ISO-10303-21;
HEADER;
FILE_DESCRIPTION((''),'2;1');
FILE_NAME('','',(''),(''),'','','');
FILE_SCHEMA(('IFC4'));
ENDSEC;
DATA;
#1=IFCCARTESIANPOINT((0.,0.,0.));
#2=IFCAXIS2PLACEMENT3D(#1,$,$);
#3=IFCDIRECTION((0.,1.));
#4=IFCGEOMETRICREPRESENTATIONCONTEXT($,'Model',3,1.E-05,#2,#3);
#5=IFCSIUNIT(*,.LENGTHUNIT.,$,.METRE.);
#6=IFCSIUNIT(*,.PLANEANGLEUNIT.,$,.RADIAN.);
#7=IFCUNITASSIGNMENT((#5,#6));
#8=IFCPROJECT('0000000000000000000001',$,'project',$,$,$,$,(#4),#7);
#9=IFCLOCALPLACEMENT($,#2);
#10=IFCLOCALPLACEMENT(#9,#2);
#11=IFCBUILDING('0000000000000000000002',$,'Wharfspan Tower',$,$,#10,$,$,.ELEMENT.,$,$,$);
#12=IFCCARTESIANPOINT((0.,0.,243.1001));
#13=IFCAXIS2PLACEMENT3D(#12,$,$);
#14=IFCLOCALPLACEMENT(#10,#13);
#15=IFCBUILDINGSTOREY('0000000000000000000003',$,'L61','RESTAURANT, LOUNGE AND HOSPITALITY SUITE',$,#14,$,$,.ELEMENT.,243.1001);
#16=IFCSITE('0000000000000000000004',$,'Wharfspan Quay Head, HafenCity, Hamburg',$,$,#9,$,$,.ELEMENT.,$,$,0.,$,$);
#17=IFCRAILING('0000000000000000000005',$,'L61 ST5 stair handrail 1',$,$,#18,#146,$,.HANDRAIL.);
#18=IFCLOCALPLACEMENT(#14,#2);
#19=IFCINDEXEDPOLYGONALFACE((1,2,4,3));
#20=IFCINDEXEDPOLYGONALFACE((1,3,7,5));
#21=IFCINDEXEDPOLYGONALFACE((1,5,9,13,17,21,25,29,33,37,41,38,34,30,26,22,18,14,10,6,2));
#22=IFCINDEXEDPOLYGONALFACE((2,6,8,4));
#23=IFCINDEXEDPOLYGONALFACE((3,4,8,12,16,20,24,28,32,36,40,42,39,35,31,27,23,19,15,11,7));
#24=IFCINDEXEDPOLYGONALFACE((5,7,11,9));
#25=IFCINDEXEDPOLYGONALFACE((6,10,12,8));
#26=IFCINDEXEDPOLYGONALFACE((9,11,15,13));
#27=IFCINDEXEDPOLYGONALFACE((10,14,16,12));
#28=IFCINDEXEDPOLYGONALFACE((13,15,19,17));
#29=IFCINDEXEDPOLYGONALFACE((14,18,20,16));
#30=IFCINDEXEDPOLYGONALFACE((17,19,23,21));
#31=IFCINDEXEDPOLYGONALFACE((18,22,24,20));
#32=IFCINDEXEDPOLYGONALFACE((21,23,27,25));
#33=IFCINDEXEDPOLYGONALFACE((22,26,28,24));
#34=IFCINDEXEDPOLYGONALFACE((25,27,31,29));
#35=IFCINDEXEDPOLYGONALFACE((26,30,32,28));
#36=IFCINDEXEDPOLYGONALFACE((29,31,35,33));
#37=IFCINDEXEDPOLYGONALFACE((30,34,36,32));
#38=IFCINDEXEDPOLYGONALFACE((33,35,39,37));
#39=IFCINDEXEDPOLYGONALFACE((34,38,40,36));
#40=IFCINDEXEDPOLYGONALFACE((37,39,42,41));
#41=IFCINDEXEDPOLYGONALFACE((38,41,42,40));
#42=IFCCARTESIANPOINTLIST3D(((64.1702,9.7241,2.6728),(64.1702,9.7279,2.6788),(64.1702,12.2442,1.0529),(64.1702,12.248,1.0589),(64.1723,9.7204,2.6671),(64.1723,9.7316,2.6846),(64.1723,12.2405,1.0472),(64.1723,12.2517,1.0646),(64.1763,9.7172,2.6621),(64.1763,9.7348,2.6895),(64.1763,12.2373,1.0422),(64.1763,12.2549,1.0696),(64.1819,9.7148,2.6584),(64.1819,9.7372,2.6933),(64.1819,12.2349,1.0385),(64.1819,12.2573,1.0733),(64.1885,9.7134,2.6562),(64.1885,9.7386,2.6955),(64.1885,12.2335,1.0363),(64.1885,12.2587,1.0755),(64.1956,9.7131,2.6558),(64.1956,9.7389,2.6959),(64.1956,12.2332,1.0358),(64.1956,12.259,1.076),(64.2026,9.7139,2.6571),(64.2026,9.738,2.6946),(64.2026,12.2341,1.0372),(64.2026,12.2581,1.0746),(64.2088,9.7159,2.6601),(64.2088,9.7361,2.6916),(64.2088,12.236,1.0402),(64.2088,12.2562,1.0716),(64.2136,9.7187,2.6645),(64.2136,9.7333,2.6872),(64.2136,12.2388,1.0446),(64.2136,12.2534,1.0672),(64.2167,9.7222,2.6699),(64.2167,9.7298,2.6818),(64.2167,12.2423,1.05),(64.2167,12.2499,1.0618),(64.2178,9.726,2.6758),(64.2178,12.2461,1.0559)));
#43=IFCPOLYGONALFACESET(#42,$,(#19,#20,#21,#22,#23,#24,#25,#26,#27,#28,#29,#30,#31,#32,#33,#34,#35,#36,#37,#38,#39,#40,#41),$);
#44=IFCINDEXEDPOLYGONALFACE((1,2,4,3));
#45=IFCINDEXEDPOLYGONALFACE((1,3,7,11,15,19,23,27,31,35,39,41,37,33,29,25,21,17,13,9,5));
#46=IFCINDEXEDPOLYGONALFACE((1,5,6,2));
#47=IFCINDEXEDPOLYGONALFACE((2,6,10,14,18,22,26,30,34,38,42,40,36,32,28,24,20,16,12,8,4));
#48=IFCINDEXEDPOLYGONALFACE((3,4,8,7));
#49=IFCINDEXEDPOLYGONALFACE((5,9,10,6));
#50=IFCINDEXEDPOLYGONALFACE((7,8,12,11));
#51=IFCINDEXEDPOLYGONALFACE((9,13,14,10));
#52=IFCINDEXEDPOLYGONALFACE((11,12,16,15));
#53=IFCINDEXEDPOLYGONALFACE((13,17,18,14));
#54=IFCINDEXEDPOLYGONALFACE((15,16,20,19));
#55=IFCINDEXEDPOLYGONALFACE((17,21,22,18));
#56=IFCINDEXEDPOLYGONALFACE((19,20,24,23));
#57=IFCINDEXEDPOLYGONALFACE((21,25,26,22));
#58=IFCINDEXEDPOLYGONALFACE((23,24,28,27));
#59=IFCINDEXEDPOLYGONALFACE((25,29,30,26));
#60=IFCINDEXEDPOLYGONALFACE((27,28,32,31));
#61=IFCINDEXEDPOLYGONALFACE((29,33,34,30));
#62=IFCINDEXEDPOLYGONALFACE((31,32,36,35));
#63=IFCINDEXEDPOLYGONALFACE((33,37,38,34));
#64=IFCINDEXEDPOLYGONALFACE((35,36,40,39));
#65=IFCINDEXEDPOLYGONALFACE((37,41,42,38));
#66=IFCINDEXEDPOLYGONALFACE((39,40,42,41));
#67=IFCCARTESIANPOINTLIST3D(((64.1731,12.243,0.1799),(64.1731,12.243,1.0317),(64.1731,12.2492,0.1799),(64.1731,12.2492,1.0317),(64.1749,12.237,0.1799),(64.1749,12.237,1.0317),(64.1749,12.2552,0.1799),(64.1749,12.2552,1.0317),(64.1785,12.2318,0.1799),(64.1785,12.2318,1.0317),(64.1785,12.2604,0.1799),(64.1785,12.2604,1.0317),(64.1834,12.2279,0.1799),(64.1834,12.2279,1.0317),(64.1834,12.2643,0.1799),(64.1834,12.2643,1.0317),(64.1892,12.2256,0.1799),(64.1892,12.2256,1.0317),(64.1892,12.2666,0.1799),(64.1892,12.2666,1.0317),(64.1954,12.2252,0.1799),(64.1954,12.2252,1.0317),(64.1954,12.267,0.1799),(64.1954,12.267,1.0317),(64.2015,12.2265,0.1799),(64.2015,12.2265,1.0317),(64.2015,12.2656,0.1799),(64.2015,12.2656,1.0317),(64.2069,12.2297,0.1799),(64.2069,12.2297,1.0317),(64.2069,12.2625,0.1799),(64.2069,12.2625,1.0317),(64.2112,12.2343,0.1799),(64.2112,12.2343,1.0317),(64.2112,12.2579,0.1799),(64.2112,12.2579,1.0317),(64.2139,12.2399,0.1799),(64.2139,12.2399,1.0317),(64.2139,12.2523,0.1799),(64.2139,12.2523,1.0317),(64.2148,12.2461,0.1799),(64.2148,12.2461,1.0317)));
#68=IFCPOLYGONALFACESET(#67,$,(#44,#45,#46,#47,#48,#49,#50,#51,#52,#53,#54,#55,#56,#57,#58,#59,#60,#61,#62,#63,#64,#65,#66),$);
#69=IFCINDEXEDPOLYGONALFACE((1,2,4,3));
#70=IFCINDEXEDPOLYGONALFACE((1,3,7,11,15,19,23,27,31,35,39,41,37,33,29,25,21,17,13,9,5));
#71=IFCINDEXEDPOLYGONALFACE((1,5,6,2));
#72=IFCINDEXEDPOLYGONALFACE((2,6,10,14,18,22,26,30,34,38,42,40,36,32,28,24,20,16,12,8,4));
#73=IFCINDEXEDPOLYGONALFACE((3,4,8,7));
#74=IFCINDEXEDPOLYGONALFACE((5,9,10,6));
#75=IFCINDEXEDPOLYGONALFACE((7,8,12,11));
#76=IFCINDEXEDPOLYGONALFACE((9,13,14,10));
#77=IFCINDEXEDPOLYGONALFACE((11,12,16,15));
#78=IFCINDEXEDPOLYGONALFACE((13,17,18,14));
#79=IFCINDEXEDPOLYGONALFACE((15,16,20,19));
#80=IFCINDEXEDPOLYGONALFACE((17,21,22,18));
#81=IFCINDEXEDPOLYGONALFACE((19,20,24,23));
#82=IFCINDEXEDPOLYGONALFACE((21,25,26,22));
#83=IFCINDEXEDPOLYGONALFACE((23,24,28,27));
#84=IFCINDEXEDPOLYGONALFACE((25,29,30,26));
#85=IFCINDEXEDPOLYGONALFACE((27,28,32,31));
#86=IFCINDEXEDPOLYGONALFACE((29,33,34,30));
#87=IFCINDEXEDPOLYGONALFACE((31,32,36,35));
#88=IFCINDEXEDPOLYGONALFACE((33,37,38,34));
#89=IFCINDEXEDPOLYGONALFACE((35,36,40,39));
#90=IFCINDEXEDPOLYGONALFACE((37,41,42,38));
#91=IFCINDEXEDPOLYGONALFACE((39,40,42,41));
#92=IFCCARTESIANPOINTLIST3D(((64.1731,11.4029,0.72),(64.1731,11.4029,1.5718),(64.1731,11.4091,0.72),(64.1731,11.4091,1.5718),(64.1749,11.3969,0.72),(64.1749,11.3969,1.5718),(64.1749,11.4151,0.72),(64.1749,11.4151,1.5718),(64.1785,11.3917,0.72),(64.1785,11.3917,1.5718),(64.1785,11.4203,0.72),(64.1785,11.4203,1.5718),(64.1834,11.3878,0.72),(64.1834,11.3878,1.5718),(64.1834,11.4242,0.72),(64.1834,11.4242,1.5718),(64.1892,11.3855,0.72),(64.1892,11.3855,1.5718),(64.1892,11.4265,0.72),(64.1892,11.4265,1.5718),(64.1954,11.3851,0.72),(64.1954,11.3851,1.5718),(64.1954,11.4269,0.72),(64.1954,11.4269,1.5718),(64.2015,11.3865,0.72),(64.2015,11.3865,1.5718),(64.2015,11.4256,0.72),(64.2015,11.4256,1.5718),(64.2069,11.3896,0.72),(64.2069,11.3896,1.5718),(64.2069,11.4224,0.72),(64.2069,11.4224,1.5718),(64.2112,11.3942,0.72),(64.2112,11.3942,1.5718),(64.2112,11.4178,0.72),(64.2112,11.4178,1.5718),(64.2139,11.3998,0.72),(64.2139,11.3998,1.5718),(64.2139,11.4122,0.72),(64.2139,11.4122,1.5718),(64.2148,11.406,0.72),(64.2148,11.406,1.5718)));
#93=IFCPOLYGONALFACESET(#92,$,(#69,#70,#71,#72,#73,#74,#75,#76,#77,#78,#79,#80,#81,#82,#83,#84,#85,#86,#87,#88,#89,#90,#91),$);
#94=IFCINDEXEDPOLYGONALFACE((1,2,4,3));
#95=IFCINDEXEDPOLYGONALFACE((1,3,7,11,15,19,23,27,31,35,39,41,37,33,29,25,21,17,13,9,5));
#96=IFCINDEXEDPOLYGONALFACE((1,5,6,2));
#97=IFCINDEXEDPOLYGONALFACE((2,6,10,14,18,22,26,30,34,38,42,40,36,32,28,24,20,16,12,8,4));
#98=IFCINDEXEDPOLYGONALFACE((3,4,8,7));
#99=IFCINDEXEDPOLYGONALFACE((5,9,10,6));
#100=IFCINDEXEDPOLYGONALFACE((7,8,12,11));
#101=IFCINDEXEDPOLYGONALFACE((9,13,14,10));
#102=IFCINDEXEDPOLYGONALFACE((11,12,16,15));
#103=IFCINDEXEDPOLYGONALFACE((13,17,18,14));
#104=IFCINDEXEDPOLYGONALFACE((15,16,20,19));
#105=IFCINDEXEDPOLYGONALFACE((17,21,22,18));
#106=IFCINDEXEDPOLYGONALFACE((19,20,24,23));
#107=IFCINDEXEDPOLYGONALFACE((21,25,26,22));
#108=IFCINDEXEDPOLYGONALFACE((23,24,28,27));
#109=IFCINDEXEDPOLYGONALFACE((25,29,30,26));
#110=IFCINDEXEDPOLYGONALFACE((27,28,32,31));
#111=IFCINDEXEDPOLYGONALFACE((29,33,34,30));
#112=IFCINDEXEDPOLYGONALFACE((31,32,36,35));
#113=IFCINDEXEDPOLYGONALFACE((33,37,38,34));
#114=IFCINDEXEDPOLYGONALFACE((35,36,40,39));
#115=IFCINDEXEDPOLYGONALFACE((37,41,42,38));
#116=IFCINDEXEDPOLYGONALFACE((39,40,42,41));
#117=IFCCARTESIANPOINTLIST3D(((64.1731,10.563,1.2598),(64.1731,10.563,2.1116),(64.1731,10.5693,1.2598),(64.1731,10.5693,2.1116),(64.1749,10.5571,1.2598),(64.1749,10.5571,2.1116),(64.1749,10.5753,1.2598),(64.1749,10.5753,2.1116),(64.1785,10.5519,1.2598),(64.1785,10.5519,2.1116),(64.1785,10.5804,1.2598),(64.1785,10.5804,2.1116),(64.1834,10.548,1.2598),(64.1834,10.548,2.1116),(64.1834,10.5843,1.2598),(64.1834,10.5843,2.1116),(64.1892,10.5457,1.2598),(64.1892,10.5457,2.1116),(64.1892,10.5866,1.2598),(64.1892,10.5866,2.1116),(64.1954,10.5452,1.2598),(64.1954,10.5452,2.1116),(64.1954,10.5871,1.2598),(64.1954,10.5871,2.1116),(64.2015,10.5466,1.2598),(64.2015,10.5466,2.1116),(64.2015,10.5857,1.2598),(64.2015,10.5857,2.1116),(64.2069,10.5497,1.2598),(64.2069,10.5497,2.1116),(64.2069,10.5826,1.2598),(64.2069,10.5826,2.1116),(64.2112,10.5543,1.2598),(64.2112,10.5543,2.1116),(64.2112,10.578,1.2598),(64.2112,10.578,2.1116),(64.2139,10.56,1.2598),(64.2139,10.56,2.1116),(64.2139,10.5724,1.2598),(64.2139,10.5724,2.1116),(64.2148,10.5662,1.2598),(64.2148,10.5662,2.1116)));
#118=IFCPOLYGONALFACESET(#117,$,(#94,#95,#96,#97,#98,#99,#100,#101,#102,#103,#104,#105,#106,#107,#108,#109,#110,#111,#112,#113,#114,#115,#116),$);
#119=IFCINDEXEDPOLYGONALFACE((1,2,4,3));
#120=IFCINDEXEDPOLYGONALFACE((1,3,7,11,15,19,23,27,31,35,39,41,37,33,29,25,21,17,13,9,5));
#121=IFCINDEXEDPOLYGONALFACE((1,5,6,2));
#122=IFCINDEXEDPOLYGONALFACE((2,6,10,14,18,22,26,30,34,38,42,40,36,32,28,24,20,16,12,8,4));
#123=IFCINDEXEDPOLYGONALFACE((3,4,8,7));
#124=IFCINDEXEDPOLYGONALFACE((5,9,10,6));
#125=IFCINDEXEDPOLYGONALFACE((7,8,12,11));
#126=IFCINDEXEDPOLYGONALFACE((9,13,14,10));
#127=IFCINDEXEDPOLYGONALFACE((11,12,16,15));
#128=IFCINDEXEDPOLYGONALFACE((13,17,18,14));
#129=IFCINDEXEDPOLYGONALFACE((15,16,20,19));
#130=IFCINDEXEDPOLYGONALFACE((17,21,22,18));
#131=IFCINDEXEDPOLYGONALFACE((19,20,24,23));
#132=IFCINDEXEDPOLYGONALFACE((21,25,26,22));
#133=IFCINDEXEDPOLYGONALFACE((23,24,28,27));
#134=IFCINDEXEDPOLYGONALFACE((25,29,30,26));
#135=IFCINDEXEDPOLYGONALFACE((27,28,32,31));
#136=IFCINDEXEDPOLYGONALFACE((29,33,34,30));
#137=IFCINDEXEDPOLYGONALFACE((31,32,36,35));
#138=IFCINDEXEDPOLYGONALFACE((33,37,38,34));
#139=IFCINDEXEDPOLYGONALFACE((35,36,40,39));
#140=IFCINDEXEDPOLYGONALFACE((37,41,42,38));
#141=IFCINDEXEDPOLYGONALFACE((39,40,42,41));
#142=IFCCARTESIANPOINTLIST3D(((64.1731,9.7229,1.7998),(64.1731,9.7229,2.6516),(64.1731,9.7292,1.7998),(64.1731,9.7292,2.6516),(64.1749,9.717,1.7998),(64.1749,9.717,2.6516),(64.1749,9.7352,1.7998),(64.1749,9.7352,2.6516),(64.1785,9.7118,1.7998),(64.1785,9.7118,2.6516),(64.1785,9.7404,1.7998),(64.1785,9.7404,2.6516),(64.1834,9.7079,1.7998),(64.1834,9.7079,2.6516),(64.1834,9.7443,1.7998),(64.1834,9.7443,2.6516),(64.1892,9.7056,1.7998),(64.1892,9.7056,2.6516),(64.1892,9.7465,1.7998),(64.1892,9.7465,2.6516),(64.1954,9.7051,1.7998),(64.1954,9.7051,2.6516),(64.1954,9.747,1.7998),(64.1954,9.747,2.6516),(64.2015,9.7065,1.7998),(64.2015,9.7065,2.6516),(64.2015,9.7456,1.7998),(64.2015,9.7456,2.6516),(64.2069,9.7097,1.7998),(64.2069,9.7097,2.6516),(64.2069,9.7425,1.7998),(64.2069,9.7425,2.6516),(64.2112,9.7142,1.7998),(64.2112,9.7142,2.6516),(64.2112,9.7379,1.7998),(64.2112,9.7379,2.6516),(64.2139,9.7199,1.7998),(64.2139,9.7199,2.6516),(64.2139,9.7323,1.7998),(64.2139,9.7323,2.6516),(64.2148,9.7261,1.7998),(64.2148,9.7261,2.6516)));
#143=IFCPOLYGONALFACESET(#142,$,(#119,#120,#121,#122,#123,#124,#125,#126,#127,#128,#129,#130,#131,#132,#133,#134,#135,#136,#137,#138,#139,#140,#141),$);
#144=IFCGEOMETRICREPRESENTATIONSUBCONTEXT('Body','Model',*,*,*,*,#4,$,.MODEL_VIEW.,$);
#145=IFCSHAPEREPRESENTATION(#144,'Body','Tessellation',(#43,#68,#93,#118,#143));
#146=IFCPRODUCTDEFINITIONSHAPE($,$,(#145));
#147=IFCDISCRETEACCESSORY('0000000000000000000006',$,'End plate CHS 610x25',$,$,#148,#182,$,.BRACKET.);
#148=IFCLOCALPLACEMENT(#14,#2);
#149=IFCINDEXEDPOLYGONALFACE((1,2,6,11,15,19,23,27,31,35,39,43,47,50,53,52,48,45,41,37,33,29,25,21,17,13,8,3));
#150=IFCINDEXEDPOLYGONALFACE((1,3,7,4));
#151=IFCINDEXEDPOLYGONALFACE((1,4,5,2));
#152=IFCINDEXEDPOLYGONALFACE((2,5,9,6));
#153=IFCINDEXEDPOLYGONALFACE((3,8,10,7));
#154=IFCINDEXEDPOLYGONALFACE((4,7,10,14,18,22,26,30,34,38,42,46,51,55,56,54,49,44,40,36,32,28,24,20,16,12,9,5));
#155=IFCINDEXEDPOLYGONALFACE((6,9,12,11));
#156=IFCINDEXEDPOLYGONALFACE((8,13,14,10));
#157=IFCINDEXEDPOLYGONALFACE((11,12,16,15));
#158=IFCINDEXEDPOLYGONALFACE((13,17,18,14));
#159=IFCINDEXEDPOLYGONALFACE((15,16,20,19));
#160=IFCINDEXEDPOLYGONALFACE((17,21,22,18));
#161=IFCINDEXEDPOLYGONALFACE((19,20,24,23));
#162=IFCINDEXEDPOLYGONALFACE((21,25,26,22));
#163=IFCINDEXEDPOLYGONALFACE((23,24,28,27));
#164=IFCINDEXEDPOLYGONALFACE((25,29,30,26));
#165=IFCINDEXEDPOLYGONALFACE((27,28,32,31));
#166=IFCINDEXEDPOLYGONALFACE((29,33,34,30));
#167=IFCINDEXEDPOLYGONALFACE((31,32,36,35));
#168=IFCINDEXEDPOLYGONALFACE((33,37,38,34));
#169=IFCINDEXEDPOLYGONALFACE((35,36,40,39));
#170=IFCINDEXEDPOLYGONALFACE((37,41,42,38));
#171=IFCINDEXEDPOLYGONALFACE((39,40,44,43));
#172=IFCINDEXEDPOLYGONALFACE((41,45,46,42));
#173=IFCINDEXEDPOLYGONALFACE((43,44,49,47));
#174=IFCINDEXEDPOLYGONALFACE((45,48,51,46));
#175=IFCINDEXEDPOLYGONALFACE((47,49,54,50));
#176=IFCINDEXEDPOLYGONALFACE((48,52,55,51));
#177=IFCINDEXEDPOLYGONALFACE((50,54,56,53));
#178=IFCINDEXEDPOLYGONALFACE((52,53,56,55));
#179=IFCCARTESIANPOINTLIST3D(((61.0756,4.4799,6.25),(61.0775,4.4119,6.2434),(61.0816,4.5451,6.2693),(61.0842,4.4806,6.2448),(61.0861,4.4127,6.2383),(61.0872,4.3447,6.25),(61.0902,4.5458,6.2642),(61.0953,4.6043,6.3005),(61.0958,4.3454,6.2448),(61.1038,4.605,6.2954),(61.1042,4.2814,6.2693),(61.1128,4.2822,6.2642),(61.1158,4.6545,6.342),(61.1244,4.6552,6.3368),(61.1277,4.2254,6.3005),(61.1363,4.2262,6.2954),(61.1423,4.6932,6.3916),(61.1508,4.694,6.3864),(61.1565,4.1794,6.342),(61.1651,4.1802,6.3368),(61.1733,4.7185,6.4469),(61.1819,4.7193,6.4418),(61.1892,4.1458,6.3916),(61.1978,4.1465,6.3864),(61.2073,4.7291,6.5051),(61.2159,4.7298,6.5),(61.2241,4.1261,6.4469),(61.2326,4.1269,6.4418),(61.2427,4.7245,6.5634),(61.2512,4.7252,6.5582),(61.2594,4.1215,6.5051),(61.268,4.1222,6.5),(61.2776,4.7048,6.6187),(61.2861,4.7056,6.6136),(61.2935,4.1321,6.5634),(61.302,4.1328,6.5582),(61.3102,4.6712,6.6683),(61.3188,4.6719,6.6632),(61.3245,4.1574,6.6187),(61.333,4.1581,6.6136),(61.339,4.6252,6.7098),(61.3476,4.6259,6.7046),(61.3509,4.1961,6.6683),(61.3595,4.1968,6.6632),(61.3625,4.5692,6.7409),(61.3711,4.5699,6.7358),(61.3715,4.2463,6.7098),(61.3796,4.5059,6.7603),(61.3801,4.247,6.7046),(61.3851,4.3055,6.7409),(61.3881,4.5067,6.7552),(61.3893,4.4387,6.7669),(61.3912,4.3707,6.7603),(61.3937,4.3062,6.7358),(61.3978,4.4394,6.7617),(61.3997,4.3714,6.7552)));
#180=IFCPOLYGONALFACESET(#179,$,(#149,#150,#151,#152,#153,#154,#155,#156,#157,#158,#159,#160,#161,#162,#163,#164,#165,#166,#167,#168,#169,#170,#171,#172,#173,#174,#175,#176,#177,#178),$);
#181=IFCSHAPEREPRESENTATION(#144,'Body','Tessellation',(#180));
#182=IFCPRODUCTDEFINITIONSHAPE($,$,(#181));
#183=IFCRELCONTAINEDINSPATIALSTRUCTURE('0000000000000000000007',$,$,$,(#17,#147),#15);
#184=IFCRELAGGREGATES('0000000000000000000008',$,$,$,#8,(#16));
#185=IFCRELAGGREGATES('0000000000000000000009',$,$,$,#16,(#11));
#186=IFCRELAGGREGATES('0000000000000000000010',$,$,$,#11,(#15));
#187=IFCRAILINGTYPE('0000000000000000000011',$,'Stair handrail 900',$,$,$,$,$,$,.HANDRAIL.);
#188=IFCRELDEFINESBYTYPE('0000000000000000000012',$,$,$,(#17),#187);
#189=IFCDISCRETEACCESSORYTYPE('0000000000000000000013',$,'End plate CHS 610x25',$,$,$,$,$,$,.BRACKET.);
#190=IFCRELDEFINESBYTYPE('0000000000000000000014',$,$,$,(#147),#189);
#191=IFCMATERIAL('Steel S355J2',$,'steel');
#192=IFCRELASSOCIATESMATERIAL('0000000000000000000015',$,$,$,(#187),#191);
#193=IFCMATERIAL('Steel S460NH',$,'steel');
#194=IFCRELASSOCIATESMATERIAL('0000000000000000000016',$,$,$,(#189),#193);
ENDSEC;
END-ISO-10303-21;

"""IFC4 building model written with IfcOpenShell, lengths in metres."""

from ifc_helpers import new_model, si_unit, direction, frame, origin, origin_2d, place, context, subcontext, project, spatial, circle, extrude, material, material_profile, profile_set, type_object, element, save


model = new_model("IFC4")

# Units and contexts
model_context = context("Model", 3, precision=1e-05, world=origin(), true_north=direction((0.0, 1.0)))
body_context = subcontext(model_context, "Body", "Model", "MODEL_VIEW")
ifc_project = project(units=[si_unit("LENGTHUNIT", "METRE"), si_unit("PLANEANGLEUNIT", "RADIAN")], contexts=[model_context])

# Site, building, storey
site_placement = place(None, origin())
site = spatial("IfcSite", under=ifc_project, at=site_placement, Name="Wharfspan Quay Head, HafenCity, Hamburg", CompositionType="ELEMENT", RefElevation=0.0)
building_placement = place(site_placement, origin())
building = spatial("IfcBuilding", under=site, at=building_placement, Name="Wharfspan Tower", CompositionType="ELEMENT")
storey_placement = place(building_placement, frame((0.0, 0.0, 243.1001)))
storey = spatial("IfcBuildingStorey", under=building, at=storey_placement, Name="L61", Description="RESTAURANT, LOUNGE AND HOSPITALITY SUITE", CompositionType="ELEMENT", Elevation=243.1001)

# Shared definitions
ifc_material_1 = material(Name="Steel S355J2", Category="steel")

# Railing
railing_type_1 = type_object("IfcRailingType", Name="Stair handrail 900", PredefinedType="HANDRAIL", material=ifc_material_1)
railing_1_placement = place(storey_placement, frame((64.1938, 12.2461, 0.1799)))
element("IfcRailing", 1, at=railing_1_placement, inside=storey, type_object=railing_type_1, Name="L61 ST5 stair handrail 1", PredefinedType="HANDRAIL", context=body_context, shape_type="SweptSolid", body=[
    extrude(circle(Radius=0.0239, at=origin_2d()), frame((0.0, 0.0, 0.876), z_axis=(0.0, -0.8412, 0.540725), x_axis=(1.0, 0.0, 0.0)), (0.0, 0.0, 1.0), 2.9958),
    extrude(circle(Radius=0.021, at=origin_2d()), origin(), (0.0, 0.0, 1.0), 0.8518),
    extrude(circle(Radius=0.021, at=origin_2d()), frame((0.0, -0.8401, 0.54)), (0.0, 0.0, 1.0), 0.8518),
    extrude(circle(Radius=0.021, at=origin_2d()), frame((0.0, -1.6799, 1.0798)), (0.0, 0.0, 1.0), 0.8518),
    extrude(circle(Radius=0.021, at=origin_2d()), frame((0.0, -2.52, 1.6199)), (0.0, 0.0, 1.0), 0.8518),
])

# Discrete accessory
ifc_material_2 = material(Name="Steel S460NH", Category="steel")
ifc_material_profile_1 = material_profile(ifc_material_2, circle(Radius=0.3049, at=origin_2d()))
ifc_profile_set_1 = profile_set([ifc_material_profile_1], Name="Steel S460NH")
discrete_accessory_type = type_object("IfcDiscreteAccessoryType", Name="End plate CHS 610x25", PredefinedType="BRACKET", material=ifc_profile_set_1)
discrete_accessory_placement = place(storey_placement, frame((61.2419, 4.426, 6.5), z_axis=(-0.855186, -0.073302, 0.513112), x_axis=(0.085402, -0.996345, 0.000001)))
element("IfcDiscreteAccessory", 2, at=discrete_accessory_placement, inside=storey, type_object=discrete_accessory_type, Name="End plate CHS 610x25", PredefinedType="BRACKET", context=body_context, shape_type="SweptSolid", body=[
    extrude(circle(Radius=0.3049, at=origin_2d()), origin(), (0.0, 0.0, 1.0), 0.01),
])

save(model, "model.ifc")
